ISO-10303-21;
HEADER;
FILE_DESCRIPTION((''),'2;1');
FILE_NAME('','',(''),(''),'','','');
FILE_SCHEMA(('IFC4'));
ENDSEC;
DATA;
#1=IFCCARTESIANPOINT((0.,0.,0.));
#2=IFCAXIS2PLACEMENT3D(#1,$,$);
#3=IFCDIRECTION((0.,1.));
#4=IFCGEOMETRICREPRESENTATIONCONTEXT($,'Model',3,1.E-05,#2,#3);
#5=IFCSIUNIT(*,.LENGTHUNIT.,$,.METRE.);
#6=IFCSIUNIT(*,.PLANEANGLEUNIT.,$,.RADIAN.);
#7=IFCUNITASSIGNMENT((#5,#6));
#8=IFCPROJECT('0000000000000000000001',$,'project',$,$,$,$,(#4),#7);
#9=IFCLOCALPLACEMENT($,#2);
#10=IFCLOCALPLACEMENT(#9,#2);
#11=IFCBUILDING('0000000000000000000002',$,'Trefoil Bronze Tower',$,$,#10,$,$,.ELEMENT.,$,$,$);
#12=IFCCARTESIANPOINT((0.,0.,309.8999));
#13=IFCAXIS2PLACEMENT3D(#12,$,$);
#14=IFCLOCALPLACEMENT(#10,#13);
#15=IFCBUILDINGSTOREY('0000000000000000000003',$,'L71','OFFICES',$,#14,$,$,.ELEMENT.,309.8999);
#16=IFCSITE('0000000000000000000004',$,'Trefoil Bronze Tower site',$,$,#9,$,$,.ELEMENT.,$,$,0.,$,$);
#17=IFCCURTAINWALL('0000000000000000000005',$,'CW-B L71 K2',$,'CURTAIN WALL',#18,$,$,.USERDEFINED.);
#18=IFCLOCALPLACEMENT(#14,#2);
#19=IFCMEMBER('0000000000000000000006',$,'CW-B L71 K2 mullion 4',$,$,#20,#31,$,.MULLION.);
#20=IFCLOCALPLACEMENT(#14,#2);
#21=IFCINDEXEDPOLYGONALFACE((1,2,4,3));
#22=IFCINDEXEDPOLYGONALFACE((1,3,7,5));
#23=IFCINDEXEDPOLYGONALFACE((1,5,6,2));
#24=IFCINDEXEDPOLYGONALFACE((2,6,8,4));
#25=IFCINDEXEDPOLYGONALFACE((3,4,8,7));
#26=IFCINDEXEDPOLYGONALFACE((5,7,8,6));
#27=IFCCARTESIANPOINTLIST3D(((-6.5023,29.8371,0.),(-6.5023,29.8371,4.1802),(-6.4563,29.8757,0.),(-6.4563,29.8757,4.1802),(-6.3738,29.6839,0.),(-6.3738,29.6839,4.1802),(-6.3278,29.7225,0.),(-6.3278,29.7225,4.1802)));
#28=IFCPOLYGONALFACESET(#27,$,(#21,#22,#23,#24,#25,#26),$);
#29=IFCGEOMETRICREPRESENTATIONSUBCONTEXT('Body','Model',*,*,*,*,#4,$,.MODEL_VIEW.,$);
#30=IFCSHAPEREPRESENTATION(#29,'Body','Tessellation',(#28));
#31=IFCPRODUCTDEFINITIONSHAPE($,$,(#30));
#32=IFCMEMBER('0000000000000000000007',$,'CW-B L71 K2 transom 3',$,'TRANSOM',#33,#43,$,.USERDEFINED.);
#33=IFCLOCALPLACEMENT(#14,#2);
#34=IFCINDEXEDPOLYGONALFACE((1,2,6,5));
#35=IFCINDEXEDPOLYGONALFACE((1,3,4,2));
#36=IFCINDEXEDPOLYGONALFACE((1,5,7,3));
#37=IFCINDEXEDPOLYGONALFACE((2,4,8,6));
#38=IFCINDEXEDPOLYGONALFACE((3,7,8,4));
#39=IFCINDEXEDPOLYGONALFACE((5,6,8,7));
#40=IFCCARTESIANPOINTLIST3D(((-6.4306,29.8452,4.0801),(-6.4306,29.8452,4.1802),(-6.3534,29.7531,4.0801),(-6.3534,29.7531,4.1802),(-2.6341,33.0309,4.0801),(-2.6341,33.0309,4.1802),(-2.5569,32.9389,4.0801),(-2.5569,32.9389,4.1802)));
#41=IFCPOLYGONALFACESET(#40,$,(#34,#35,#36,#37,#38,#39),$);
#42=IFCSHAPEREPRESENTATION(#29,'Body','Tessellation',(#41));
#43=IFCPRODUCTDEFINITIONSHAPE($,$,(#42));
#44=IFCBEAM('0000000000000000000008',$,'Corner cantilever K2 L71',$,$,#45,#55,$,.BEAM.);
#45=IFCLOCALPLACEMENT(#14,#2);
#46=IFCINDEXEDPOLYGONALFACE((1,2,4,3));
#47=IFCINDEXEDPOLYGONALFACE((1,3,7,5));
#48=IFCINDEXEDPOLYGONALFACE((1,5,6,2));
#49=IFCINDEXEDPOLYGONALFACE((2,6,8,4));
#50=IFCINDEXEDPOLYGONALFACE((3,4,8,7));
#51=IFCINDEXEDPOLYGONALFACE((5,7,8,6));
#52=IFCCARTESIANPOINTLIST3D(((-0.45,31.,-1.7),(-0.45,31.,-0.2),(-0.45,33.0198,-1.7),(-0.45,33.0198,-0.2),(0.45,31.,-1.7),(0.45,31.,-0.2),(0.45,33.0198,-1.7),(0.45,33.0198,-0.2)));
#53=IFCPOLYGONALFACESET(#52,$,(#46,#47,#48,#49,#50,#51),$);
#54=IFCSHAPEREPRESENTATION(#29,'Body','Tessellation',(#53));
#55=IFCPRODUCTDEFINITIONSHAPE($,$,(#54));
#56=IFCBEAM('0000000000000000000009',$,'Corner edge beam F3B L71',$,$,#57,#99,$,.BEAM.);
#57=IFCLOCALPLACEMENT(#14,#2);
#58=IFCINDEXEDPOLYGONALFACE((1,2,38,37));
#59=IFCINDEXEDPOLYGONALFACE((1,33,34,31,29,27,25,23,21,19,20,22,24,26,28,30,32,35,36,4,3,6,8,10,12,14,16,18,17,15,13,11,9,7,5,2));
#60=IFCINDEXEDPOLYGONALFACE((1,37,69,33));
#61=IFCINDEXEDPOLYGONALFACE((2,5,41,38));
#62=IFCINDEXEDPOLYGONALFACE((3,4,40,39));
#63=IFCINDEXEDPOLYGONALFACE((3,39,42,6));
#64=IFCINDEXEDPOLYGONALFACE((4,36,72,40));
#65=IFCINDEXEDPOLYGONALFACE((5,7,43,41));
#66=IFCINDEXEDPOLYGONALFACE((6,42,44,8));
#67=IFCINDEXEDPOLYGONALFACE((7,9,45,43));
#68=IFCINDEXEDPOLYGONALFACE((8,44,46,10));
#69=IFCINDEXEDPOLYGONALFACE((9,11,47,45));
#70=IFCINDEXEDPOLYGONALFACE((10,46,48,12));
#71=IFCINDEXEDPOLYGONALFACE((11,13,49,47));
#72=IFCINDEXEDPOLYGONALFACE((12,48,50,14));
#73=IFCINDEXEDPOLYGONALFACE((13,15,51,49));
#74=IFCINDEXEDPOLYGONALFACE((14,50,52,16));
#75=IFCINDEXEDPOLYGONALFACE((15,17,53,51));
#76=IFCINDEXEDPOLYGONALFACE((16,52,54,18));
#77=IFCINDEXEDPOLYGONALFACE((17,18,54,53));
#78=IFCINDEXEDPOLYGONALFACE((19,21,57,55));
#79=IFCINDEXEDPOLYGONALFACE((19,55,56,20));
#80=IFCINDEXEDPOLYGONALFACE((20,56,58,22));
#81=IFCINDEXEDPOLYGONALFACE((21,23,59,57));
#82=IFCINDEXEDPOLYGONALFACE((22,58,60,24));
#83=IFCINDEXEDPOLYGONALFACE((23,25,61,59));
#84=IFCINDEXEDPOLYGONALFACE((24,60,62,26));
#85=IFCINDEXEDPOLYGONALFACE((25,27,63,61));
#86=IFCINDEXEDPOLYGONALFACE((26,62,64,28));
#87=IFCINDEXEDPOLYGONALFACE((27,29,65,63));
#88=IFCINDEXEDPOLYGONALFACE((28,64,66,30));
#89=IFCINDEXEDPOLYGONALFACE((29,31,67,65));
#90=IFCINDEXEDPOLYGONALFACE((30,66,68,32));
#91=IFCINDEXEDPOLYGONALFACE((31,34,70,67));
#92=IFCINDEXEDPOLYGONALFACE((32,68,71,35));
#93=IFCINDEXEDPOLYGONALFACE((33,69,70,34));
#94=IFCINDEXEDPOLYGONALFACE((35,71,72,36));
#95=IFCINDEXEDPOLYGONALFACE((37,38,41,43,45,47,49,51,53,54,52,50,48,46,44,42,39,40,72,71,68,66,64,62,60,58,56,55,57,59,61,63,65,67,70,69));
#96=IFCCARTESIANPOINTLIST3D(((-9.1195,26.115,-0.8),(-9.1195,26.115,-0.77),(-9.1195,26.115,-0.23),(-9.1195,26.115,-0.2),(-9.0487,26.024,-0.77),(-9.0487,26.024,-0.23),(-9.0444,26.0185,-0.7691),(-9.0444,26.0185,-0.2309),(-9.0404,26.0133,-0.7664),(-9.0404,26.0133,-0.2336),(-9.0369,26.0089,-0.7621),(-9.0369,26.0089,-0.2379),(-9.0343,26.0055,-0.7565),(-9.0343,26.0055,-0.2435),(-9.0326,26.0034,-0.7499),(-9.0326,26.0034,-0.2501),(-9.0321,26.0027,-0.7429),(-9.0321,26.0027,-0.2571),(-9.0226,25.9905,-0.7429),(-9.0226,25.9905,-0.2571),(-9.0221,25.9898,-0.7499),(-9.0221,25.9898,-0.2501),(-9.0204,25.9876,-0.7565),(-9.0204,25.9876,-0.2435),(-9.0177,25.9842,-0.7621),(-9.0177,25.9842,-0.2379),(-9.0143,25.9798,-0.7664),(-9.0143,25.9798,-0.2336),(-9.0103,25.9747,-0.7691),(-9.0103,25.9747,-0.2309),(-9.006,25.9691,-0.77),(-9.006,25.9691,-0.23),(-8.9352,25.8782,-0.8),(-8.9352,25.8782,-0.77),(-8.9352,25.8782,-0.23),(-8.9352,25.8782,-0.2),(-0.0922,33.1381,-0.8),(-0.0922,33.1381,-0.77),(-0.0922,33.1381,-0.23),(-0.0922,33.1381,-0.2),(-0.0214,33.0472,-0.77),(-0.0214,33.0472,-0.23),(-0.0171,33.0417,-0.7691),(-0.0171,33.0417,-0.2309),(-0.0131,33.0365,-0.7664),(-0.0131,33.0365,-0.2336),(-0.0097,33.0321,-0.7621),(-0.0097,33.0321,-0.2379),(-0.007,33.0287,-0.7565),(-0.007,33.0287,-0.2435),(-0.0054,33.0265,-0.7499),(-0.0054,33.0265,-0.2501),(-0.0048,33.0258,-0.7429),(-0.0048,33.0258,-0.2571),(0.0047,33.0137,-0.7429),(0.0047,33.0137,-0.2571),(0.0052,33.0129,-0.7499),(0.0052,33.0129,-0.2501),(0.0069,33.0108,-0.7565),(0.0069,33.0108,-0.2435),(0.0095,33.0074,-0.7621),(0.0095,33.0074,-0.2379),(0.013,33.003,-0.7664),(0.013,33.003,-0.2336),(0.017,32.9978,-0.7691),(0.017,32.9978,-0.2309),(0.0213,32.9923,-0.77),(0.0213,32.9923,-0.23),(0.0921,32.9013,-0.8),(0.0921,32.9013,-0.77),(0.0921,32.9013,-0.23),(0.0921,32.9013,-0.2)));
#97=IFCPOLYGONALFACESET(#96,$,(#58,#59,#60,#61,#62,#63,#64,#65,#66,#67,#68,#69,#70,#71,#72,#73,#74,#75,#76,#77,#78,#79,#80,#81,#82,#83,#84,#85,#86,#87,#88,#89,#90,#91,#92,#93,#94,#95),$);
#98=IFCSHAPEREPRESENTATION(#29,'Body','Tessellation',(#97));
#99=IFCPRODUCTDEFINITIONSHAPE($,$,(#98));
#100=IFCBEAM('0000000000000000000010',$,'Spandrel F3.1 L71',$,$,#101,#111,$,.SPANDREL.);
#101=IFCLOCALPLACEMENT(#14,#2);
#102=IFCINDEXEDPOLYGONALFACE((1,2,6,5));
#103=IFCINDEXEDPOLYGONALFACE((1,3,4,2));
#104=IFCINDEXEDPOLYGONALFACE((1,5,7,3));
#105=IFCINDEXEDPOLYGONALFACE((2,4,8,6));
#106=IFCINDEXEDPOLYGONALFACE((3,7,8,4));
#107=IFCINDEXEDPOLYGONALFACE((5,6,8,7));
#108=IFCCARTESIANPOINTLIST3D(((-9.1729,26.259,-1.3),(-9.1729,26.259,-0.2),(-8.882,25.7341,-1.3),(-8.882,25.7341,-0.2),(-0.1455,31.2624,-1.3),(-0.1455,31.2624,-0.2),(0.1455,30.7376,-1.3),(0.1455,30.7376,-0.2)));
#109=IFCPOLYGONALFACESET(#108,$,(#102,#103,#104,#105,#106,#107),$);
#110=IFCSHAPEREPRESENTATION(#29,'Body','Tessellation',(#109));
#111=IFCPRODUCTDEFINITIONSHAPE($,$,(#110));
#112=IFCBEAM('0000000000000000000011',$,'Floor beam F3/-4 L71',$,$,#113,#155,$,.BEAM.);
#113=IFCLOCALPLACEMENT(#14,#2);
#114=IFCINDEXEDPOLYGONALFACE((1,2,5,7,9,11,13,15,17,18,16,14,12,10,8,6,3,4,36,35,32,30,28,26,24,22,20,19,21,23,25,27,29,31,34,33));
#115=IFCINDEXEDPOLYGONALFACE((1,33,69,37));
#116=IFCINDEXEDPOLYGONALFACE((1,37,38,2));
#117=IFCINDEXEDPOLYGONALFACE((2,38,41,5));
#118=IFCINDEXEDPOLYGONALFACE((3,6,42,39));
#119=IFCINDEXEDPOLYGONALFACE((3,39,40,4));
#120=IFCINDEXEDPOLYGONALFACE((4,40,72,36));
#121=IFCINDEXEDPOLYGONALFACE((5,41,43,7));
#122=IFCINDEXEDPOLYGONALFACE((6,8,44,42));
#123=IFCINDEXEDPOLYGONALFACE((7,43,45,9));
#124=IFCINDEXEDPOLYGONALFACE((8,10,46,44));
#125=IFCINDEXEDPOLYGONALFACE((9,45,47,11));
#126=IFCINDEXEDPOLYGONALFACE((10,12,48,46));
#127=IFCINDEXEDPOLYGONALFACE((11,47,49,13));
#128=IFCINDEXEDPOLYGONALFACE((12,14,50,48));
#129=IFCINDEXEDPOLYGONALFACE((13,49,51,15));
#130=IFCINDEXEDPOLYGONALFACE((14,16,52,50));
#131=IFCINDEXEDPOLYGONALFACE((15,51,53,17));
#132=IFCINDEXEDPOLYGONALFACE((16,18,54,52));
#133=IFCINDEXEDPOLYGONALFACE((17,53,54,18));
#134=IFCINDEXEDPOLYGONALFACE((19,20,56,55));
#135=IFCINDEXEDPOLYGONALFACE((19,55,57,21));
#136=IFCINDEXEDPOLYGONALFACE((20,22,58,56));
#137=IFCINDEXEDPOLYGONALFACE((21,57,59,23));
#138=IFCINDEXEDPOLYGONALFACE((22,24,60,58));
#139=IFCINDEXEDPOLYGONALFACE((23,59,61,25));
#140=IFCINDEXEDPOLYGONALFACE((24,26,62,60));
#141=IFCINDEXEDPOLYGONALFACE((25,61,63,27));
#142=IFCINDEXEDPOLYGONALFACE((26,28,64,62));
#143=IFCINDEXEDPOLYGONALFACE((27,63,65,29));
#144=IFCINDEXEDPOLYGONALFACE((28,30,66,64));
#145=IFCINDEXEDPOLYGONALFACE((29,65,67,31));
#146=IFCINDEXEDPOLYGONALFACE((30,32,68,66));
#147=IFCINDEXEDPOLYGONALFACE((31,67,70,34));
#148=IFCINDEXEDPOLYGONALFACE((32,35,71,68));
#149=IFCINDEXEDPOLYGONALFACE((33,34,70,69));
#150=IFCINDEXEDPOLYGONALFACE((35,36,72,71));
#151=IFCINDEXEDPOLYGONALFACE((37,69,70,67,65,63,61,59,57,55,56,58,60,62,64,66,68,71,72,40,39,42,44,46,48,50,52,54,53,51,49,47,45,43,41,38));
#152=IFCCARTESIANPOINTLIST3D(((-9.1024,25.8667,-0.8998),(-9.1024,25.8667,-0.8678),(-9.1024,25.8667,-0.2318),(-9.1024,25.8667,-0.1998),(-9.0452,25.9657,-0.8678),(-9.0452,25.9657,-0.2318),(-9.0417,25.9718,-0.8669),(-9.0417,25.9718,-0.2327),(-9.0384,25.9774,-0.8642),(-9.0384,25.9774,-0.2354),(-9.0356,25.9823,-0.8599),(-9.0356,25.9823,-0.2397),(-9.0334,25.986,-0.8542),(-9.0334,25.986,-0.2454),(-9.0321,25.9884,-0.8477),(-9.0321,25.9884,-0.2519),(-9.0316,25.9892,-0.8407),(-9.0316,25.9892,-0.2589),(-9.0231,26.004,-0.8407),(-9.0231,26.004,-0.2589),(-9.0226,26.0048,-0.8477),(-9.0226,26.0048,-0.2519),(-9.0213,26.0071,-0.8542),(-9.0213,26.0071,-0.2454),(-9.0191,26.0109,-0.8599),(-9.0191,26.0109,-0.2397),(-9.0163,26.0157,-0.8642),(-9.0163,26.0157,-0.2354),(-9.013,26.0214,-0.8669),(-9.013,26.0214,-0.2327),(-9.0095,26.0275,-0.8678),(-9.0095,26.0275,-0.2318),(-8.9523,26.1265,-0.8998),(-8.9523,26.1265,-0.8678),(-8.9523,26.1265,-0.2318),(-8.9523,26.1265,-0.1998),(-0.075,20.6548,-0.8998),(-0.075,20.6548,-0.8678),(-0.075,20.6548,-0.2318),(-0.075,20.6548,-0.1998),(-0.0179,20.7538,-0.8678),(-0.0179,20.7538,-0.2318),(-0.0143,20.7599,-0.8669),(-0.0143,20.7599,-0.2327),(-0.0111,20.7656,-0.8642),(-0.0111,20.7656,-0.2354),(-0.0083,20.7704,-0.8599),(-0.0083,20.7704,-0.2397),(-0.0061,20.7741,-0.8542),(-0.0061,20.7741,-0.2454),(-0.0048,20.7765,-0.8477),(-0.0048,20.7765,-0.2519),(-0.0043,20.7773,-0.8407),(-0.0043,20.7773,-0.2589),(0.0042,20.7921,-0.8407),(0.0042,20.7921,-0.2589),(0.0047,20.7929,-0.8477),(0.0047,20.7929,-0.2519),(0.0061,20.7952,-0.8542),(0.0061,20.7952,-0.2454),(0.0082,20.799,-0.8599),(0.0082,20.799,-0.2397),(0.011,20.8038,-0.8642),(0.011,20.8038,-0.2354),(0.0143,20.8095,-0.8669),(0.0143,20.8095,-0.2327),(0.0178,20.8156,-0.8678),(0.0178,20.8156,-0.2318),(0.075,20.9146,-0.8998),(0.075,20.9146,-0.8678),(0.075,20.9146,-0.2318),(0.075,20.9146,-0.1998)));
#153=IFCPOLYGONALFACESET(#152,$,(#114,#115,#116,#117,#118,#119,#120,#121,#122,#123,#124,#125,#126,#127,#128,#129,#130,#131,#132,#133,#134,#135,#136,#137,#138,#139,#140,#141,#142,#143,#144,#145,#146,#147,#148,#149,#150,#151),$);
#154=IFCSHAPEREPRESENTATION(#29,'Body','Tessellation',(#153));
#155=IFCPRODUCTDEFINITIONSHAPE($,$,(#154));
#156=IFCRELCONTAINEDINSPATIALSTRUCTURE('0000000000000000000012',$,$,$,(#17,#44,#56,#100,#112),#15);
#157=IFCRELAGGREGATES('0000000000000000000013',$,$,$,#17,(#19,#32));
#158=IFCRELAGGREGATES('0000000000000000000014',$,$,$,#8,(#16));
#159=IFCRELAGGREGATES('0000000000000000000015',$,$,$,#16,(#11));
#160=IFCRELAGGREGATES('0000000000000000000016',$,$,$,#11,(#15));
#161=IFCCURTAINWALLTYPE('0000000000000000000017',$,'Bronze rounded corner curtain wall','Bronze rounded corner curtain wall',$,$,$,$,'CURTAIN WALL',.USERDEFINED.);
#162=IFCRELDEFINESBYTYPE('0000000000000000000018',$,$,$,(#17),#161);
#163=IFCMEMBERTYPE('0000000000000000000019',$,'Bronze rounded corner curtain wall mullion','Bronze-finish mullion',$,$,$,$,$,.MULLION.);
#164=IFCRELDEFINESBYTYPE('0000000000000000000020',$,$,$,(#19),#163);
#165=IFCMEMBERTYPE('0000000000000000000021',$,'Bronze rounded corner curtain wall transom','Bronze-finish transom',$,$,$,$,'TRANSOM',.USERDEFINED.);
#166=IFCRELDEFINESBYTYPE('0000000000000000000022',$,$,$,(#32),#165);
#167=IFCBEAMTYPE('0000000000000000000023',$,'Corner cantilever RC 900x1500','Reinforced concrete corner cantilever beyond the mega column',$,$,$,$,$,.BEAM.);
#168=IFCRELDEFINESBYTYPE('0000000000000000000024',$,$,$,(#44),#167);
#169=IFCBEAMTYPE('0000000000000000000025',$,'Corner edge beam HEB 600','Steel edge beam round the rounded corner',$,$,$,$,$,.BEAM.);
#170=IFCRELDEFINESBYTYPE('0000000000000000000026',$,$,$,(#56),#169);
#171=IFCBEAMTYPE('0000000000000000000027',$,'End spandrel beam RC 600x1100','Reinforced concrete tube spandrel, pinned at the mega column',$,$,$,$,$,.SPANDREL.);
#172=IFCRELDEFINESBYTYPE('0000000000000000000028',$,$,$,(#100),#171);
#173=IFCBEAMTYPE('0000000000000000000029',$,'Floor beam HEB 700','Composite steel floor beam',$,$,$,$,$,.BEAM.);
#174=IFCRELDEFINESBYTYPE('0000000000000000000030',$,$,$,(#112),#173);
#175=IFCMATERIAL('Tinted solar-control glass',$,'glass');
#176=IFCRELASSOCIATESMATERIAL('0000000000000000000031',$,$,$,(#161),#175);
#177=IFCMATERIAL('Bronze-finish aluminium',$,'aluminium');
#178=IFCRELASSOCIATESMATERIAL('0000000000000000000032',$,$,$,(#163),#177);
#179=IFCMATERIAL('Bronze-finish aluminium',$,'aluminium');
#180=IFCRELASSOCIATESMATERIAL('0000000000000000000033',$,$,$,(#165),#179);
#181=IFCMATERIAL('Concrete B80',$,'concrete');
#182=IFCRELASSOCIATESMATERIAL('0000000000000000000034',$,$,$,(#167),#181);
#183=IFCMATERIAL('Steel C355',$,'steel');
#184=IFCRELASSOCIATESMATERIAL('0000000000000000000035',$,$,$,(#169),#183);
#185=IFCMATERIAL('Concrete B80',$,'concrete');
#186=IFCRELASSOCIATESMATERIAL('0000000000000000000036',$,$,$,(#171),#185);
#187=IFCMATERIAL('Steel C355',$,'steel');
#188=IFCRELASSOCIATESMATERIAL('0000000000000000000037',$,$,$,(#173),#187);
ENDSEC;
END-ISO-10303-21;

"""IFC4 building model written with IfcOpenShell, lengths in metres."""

from ifc_helpers import new_model, si_unit, direction, frame, origin, origin_2d, place, context, subcontext, project, spatial, rectangle, i_section, extrude, material, material_profile, profile_set, type_object, element, aggregate, save


model = new_model("IFC4")

# Units and contexts
model_context = context("Model", 3, precision=1e-05, world=origin(), true_north=direction((0.0, 1.0)))
body_context = subcontext(model_context, "Body", "Model", "MODEL_VIEW")
ifc_project = project(units=[si_unit("LENGTHUNIT", "METRE"), si_unit("PLANEANGLEUNIT", "RADIAN")], contexts=[model_context])

# Site, building, storey
site_placement = place(None, origin())
site = spatial("IfcSite", under=ifc_project, at=site_placement, Name="Trefoil Bronze Tower site", CompositionType="ELEMENT", RefElevation=0.0)
building_placement = place(site_placement, origin())
building = spatial("IfcBuilding", under=site, at=building_placement, Name="Trefoil Bronze Tower", CompositionType="ELEMENT")
storey_placement = place(building_placement, frame((0.0, 0.0, 309.8999)))
storey = spatial("IfcBuildingStorey", under=building, at=storey_placement, Name="L71", Description="OFFICES", CompositionType="ELEMENT", Elevation=309.8999)

# Curtain wall, members
ifc_material_1 = material(Name="Tinted solar-control glass", Category="glass")
curtain_wall_type_1 = type_object("IfcCurtainWallType", Name="Bronze rounded corner curtain wall", Description="Bronze rounded corner curtain wall", ElementType="CURTAIN WALL", PredefinedType="USERDEFINED", material=ifc_material_1)
curtain_wall_1_placement = place(storey_placement, origin())
curtain_wall_1 = element("IfcCurtainWall", 1, at=curtain_wall_1_placement, inside=storey, type_object=curtain_wall_type_1, Name="CW-B L71 K2", ObjectType="CURTAIN WALL", PredefinedType="USERDEFINED")
ifc_material_2 = material(Name="Bronze-finish aluminium", Category="aluminium")
ifc_material_profile_1 = material_profile(ifc_material_2, rectangle(XDim=0.2, YDim=0.0601, at=origin_2d()), Name="CW-B mullion")
ifc_profile_set_1 = profile_set([ifc_material_profile_1], Name="Bronze-finish aluminium")
member_type_1 = type_object("IfcMemberType", Name="Bronze rounded corner curtain wall mullion", Description="Bronze-finish mullion", PredefinedType="MULLION", material=ifc_profile_set_1)
member_1_placement = place(storey_placement, frame((-6.415, 29.7798, 0.0), z_axis=(0.0, 0.0, 1.0), x_axis=(0.642788, -0.766044, 0.0)))
member_1 = element("IfcMember", 2, at=member_1_placement, type_object=member_type_1, Name="CW-B L71 K2 mullion 4", PredefinedType="MULLION", context=body_context, shape_type="SweptSolid", body=[
    extrude(rectangle(XDim=0.2, YDim=0.0601, at=origin_2d()), origin(), (0.0, 0.0, 1.0), 4.1802),
])
ifc_material_3 = material(Name="Bronze-finish aluminium", Category="aluminium")
ifc_material_profile_2 = material_profile(ifc_material_3, rectangle(XDim=0.1201, YDim=0.1001, at=origin_2d()), Name="CW-B transom")
ifc_profile_set_2 = profile_set([ifc_material_profile_2], Name="Bronze-finish aluminium")
member_type_2 = type_object("IfcMemberType", Name="Bronze rounded corner curtain wall transom", Description="Bronze-finish transom", ElementType="TRANSOM", PredefinedType="USERDEFINED", material=ifc_profile_set_2)
member_2_placement = place(storey_placement, frame((-2.5955, 32.9849, 4.1301), z_axis=(-0.766041, -0.642792, 0.0), x_axis=(0.642792, -0.766041, 0.0)))
member_2 = element("IfcMember", 3, at=member_2_placement, type_object=member_type_2, Name="CW-B L71 K2 transom 3", ObjectType="TRANSOM", PredefinedType="USERDEFINED", context=body_context, shape_type="SweptSolid", body=[
    extrude(rectangle(XDim=0.1201, YDim=0.1001, at=origin_2d()), origin(), (0.0, 0.0, 1.0), 4.9561),
])

# Beams
ifc_material_4 = material(Name="Concrete B80", Category="concrete")
ifc_material_profile_3 = material_profile(ifc_material_4, rectangle(XDim=0.8999, YDim=1.5, at=origin_2d()), Name="RC 900x1500")
ifc_profile_set_3 = profile_set([ifc_material_profile_3], Name="Concrete B80")
beam_type_1 = type_object("IfcBeamType", Name="Corner cantilever RC 900x1500", Description="Reinforced concrete corner cantilever beyond the mega column", PredefinedType="BEAM", material=ifc_profile_set_3)
beam_1_placement = place(storey_placement, frame((0.0, 31.0, -0.95), z_axis=(0.0, 1.0, 0.0), x_axis=(-1.0, 0.0, 0.0)))
element("IfcBeam", 4, at=beam_1_placement, inside=storey, type_object=beam_type_1, Name="Corner cantilever K2 L71", PredefinedType="BEAM", context=body_context, shape_type="SweptSolid", body=[
    extrude(rectangle(XDim=0.8999, YDim=1.5, at=origin_2d()), origin(), (0.0, 0.0, 1.0), 2.0198),
])
ifc_material_5 = material(Name="Steel C355", Category="steel")
ifc_material_profile_4 = material_profile(ifc_material_5, i_section(OverallWidth=0.3, OverallDepth=0.6001, WebThickness=0.0154, FlangeThickness=0.03, FilletRadius=0.0271, at=origin_2d()), Name="HEB 600")
ifc_profile_set_4 = profile_set([ifc_material_profile_4], Name="Steel C355")
beam_type_2 = type_object("IfcBeamType", Name="Corner edge beam HEB 600", Description="Steel edge beam round the rounded corner", PredefinedType="BEAM", material=ifc_profile_set_4)
beam_2_placement = place(storey_placement, frame((-9.0273, 25.9966, -0.5), z_axis=(0.789271, 0.614046, 0.0), x_axis=(-0.614046, 0.789271, 0.0)))
element("IfcBeam", 5, at=beam_2_placement, inside=storey, type_object=beam_type_2, Name="Corner edge beam F3B L71", PredefinedType="BEAM", context=body_context, shape_type="SweptSolid", body=[
    extrude(i_section(OverallWidth=0.3, OverallDepth=0.6001, WebThickness=0.0154, FlangeThickness=0.03, FilletRadius=0.0271, at=origin_2d()), origin(), (0.0, 0.0, 1.0), 11.4375),
])
ifc_material_6 = material(Name="Concrete B80", Category="concrete")
ifc_material_profile_5 = material_profile(ifc_material_6, rectangle(XDim=0.6001, YDim=1.1001, at=origin_2d()), Name="RC 600x1100")
ifc_profile_set_5 = profile_set([ifc_material_profile_5], Name="Concrete B80")
beam_type_3 = type_object("IfcBeamType", Name="End spandrel beam RC 600x1100", Description="Reinforced concrete tube spandrel, pinned at the mega column", PredefinedType="SPANDREL", material=ifc_profile_set_5)
beam_3_placement = place(storey_placement, frame((0.0, 31.0, -0.75), z_axis=(-0.874641, -0.484771, 0.0), x_axis=(0.484771, -0.874641, 0.0)))
element("IfcBeam", 6, at=beam_3_placement, inside=storey, type_object=beam_type_3, Name="Spandrel F3.1 L71", PredefinedType="SPANDREL", context=body_context, shape_type="SweptSolid", body=[
    extrude(rectangle(XDim=0.6001, YDim=1.1001, at=origin_2d()), origin(), (0.0, 0.0, 1.0), 10.3213),
])
ifc_material_7 = material(Name="Steel C355", Category="steel")
ifc_material_profile_6 = material_profile(ifc_material_7, i_section(OverallWidth=0.3, OverallDepth=0.7, WebThickness=0.0171, FlangeThickness=0.032, FilletRadius=0.0271, at=origin_2d()), Name="HEB 700")
ifc_profile_set_6 = profile_set([ifc_material_profile_6], Name="Steel C355")
beam_type_4 = type_object("IfcBeamType", Name="Floor beam HEB 700", Description="Composite steel floor beam", PredefinedType="BEAM", material=ifc_profile_set_6)
beam_4_placement = place(storey_placement, frame((-9.0273, 25.9966, -0.5498), z_axis=(0.866026, -0.499998, 0.0), x_axis=(0.499998, 0.866026, 0.0)))
element("IfcBeam", 7, at=beam_4_placement, inside=storey, type_object=beam_type_4, Name="Floor beam F3/-4 L71", PredefinedType="BEAM", context=body_context, shape_type="SweptSolid", body=[
    extrude(i_section(OverallWidth=0.3, OverallDepth=0.7, WebThickness=0.0171, FlangeThickness=0.032, FilletRadius=0.0271, at=origin_2d()), origin(), (0.0, 0.0, 1.0), 10.4238),
])

aggregate(curtain_wall_1, [member_1, member_2])

save(model, "model.ifc")
